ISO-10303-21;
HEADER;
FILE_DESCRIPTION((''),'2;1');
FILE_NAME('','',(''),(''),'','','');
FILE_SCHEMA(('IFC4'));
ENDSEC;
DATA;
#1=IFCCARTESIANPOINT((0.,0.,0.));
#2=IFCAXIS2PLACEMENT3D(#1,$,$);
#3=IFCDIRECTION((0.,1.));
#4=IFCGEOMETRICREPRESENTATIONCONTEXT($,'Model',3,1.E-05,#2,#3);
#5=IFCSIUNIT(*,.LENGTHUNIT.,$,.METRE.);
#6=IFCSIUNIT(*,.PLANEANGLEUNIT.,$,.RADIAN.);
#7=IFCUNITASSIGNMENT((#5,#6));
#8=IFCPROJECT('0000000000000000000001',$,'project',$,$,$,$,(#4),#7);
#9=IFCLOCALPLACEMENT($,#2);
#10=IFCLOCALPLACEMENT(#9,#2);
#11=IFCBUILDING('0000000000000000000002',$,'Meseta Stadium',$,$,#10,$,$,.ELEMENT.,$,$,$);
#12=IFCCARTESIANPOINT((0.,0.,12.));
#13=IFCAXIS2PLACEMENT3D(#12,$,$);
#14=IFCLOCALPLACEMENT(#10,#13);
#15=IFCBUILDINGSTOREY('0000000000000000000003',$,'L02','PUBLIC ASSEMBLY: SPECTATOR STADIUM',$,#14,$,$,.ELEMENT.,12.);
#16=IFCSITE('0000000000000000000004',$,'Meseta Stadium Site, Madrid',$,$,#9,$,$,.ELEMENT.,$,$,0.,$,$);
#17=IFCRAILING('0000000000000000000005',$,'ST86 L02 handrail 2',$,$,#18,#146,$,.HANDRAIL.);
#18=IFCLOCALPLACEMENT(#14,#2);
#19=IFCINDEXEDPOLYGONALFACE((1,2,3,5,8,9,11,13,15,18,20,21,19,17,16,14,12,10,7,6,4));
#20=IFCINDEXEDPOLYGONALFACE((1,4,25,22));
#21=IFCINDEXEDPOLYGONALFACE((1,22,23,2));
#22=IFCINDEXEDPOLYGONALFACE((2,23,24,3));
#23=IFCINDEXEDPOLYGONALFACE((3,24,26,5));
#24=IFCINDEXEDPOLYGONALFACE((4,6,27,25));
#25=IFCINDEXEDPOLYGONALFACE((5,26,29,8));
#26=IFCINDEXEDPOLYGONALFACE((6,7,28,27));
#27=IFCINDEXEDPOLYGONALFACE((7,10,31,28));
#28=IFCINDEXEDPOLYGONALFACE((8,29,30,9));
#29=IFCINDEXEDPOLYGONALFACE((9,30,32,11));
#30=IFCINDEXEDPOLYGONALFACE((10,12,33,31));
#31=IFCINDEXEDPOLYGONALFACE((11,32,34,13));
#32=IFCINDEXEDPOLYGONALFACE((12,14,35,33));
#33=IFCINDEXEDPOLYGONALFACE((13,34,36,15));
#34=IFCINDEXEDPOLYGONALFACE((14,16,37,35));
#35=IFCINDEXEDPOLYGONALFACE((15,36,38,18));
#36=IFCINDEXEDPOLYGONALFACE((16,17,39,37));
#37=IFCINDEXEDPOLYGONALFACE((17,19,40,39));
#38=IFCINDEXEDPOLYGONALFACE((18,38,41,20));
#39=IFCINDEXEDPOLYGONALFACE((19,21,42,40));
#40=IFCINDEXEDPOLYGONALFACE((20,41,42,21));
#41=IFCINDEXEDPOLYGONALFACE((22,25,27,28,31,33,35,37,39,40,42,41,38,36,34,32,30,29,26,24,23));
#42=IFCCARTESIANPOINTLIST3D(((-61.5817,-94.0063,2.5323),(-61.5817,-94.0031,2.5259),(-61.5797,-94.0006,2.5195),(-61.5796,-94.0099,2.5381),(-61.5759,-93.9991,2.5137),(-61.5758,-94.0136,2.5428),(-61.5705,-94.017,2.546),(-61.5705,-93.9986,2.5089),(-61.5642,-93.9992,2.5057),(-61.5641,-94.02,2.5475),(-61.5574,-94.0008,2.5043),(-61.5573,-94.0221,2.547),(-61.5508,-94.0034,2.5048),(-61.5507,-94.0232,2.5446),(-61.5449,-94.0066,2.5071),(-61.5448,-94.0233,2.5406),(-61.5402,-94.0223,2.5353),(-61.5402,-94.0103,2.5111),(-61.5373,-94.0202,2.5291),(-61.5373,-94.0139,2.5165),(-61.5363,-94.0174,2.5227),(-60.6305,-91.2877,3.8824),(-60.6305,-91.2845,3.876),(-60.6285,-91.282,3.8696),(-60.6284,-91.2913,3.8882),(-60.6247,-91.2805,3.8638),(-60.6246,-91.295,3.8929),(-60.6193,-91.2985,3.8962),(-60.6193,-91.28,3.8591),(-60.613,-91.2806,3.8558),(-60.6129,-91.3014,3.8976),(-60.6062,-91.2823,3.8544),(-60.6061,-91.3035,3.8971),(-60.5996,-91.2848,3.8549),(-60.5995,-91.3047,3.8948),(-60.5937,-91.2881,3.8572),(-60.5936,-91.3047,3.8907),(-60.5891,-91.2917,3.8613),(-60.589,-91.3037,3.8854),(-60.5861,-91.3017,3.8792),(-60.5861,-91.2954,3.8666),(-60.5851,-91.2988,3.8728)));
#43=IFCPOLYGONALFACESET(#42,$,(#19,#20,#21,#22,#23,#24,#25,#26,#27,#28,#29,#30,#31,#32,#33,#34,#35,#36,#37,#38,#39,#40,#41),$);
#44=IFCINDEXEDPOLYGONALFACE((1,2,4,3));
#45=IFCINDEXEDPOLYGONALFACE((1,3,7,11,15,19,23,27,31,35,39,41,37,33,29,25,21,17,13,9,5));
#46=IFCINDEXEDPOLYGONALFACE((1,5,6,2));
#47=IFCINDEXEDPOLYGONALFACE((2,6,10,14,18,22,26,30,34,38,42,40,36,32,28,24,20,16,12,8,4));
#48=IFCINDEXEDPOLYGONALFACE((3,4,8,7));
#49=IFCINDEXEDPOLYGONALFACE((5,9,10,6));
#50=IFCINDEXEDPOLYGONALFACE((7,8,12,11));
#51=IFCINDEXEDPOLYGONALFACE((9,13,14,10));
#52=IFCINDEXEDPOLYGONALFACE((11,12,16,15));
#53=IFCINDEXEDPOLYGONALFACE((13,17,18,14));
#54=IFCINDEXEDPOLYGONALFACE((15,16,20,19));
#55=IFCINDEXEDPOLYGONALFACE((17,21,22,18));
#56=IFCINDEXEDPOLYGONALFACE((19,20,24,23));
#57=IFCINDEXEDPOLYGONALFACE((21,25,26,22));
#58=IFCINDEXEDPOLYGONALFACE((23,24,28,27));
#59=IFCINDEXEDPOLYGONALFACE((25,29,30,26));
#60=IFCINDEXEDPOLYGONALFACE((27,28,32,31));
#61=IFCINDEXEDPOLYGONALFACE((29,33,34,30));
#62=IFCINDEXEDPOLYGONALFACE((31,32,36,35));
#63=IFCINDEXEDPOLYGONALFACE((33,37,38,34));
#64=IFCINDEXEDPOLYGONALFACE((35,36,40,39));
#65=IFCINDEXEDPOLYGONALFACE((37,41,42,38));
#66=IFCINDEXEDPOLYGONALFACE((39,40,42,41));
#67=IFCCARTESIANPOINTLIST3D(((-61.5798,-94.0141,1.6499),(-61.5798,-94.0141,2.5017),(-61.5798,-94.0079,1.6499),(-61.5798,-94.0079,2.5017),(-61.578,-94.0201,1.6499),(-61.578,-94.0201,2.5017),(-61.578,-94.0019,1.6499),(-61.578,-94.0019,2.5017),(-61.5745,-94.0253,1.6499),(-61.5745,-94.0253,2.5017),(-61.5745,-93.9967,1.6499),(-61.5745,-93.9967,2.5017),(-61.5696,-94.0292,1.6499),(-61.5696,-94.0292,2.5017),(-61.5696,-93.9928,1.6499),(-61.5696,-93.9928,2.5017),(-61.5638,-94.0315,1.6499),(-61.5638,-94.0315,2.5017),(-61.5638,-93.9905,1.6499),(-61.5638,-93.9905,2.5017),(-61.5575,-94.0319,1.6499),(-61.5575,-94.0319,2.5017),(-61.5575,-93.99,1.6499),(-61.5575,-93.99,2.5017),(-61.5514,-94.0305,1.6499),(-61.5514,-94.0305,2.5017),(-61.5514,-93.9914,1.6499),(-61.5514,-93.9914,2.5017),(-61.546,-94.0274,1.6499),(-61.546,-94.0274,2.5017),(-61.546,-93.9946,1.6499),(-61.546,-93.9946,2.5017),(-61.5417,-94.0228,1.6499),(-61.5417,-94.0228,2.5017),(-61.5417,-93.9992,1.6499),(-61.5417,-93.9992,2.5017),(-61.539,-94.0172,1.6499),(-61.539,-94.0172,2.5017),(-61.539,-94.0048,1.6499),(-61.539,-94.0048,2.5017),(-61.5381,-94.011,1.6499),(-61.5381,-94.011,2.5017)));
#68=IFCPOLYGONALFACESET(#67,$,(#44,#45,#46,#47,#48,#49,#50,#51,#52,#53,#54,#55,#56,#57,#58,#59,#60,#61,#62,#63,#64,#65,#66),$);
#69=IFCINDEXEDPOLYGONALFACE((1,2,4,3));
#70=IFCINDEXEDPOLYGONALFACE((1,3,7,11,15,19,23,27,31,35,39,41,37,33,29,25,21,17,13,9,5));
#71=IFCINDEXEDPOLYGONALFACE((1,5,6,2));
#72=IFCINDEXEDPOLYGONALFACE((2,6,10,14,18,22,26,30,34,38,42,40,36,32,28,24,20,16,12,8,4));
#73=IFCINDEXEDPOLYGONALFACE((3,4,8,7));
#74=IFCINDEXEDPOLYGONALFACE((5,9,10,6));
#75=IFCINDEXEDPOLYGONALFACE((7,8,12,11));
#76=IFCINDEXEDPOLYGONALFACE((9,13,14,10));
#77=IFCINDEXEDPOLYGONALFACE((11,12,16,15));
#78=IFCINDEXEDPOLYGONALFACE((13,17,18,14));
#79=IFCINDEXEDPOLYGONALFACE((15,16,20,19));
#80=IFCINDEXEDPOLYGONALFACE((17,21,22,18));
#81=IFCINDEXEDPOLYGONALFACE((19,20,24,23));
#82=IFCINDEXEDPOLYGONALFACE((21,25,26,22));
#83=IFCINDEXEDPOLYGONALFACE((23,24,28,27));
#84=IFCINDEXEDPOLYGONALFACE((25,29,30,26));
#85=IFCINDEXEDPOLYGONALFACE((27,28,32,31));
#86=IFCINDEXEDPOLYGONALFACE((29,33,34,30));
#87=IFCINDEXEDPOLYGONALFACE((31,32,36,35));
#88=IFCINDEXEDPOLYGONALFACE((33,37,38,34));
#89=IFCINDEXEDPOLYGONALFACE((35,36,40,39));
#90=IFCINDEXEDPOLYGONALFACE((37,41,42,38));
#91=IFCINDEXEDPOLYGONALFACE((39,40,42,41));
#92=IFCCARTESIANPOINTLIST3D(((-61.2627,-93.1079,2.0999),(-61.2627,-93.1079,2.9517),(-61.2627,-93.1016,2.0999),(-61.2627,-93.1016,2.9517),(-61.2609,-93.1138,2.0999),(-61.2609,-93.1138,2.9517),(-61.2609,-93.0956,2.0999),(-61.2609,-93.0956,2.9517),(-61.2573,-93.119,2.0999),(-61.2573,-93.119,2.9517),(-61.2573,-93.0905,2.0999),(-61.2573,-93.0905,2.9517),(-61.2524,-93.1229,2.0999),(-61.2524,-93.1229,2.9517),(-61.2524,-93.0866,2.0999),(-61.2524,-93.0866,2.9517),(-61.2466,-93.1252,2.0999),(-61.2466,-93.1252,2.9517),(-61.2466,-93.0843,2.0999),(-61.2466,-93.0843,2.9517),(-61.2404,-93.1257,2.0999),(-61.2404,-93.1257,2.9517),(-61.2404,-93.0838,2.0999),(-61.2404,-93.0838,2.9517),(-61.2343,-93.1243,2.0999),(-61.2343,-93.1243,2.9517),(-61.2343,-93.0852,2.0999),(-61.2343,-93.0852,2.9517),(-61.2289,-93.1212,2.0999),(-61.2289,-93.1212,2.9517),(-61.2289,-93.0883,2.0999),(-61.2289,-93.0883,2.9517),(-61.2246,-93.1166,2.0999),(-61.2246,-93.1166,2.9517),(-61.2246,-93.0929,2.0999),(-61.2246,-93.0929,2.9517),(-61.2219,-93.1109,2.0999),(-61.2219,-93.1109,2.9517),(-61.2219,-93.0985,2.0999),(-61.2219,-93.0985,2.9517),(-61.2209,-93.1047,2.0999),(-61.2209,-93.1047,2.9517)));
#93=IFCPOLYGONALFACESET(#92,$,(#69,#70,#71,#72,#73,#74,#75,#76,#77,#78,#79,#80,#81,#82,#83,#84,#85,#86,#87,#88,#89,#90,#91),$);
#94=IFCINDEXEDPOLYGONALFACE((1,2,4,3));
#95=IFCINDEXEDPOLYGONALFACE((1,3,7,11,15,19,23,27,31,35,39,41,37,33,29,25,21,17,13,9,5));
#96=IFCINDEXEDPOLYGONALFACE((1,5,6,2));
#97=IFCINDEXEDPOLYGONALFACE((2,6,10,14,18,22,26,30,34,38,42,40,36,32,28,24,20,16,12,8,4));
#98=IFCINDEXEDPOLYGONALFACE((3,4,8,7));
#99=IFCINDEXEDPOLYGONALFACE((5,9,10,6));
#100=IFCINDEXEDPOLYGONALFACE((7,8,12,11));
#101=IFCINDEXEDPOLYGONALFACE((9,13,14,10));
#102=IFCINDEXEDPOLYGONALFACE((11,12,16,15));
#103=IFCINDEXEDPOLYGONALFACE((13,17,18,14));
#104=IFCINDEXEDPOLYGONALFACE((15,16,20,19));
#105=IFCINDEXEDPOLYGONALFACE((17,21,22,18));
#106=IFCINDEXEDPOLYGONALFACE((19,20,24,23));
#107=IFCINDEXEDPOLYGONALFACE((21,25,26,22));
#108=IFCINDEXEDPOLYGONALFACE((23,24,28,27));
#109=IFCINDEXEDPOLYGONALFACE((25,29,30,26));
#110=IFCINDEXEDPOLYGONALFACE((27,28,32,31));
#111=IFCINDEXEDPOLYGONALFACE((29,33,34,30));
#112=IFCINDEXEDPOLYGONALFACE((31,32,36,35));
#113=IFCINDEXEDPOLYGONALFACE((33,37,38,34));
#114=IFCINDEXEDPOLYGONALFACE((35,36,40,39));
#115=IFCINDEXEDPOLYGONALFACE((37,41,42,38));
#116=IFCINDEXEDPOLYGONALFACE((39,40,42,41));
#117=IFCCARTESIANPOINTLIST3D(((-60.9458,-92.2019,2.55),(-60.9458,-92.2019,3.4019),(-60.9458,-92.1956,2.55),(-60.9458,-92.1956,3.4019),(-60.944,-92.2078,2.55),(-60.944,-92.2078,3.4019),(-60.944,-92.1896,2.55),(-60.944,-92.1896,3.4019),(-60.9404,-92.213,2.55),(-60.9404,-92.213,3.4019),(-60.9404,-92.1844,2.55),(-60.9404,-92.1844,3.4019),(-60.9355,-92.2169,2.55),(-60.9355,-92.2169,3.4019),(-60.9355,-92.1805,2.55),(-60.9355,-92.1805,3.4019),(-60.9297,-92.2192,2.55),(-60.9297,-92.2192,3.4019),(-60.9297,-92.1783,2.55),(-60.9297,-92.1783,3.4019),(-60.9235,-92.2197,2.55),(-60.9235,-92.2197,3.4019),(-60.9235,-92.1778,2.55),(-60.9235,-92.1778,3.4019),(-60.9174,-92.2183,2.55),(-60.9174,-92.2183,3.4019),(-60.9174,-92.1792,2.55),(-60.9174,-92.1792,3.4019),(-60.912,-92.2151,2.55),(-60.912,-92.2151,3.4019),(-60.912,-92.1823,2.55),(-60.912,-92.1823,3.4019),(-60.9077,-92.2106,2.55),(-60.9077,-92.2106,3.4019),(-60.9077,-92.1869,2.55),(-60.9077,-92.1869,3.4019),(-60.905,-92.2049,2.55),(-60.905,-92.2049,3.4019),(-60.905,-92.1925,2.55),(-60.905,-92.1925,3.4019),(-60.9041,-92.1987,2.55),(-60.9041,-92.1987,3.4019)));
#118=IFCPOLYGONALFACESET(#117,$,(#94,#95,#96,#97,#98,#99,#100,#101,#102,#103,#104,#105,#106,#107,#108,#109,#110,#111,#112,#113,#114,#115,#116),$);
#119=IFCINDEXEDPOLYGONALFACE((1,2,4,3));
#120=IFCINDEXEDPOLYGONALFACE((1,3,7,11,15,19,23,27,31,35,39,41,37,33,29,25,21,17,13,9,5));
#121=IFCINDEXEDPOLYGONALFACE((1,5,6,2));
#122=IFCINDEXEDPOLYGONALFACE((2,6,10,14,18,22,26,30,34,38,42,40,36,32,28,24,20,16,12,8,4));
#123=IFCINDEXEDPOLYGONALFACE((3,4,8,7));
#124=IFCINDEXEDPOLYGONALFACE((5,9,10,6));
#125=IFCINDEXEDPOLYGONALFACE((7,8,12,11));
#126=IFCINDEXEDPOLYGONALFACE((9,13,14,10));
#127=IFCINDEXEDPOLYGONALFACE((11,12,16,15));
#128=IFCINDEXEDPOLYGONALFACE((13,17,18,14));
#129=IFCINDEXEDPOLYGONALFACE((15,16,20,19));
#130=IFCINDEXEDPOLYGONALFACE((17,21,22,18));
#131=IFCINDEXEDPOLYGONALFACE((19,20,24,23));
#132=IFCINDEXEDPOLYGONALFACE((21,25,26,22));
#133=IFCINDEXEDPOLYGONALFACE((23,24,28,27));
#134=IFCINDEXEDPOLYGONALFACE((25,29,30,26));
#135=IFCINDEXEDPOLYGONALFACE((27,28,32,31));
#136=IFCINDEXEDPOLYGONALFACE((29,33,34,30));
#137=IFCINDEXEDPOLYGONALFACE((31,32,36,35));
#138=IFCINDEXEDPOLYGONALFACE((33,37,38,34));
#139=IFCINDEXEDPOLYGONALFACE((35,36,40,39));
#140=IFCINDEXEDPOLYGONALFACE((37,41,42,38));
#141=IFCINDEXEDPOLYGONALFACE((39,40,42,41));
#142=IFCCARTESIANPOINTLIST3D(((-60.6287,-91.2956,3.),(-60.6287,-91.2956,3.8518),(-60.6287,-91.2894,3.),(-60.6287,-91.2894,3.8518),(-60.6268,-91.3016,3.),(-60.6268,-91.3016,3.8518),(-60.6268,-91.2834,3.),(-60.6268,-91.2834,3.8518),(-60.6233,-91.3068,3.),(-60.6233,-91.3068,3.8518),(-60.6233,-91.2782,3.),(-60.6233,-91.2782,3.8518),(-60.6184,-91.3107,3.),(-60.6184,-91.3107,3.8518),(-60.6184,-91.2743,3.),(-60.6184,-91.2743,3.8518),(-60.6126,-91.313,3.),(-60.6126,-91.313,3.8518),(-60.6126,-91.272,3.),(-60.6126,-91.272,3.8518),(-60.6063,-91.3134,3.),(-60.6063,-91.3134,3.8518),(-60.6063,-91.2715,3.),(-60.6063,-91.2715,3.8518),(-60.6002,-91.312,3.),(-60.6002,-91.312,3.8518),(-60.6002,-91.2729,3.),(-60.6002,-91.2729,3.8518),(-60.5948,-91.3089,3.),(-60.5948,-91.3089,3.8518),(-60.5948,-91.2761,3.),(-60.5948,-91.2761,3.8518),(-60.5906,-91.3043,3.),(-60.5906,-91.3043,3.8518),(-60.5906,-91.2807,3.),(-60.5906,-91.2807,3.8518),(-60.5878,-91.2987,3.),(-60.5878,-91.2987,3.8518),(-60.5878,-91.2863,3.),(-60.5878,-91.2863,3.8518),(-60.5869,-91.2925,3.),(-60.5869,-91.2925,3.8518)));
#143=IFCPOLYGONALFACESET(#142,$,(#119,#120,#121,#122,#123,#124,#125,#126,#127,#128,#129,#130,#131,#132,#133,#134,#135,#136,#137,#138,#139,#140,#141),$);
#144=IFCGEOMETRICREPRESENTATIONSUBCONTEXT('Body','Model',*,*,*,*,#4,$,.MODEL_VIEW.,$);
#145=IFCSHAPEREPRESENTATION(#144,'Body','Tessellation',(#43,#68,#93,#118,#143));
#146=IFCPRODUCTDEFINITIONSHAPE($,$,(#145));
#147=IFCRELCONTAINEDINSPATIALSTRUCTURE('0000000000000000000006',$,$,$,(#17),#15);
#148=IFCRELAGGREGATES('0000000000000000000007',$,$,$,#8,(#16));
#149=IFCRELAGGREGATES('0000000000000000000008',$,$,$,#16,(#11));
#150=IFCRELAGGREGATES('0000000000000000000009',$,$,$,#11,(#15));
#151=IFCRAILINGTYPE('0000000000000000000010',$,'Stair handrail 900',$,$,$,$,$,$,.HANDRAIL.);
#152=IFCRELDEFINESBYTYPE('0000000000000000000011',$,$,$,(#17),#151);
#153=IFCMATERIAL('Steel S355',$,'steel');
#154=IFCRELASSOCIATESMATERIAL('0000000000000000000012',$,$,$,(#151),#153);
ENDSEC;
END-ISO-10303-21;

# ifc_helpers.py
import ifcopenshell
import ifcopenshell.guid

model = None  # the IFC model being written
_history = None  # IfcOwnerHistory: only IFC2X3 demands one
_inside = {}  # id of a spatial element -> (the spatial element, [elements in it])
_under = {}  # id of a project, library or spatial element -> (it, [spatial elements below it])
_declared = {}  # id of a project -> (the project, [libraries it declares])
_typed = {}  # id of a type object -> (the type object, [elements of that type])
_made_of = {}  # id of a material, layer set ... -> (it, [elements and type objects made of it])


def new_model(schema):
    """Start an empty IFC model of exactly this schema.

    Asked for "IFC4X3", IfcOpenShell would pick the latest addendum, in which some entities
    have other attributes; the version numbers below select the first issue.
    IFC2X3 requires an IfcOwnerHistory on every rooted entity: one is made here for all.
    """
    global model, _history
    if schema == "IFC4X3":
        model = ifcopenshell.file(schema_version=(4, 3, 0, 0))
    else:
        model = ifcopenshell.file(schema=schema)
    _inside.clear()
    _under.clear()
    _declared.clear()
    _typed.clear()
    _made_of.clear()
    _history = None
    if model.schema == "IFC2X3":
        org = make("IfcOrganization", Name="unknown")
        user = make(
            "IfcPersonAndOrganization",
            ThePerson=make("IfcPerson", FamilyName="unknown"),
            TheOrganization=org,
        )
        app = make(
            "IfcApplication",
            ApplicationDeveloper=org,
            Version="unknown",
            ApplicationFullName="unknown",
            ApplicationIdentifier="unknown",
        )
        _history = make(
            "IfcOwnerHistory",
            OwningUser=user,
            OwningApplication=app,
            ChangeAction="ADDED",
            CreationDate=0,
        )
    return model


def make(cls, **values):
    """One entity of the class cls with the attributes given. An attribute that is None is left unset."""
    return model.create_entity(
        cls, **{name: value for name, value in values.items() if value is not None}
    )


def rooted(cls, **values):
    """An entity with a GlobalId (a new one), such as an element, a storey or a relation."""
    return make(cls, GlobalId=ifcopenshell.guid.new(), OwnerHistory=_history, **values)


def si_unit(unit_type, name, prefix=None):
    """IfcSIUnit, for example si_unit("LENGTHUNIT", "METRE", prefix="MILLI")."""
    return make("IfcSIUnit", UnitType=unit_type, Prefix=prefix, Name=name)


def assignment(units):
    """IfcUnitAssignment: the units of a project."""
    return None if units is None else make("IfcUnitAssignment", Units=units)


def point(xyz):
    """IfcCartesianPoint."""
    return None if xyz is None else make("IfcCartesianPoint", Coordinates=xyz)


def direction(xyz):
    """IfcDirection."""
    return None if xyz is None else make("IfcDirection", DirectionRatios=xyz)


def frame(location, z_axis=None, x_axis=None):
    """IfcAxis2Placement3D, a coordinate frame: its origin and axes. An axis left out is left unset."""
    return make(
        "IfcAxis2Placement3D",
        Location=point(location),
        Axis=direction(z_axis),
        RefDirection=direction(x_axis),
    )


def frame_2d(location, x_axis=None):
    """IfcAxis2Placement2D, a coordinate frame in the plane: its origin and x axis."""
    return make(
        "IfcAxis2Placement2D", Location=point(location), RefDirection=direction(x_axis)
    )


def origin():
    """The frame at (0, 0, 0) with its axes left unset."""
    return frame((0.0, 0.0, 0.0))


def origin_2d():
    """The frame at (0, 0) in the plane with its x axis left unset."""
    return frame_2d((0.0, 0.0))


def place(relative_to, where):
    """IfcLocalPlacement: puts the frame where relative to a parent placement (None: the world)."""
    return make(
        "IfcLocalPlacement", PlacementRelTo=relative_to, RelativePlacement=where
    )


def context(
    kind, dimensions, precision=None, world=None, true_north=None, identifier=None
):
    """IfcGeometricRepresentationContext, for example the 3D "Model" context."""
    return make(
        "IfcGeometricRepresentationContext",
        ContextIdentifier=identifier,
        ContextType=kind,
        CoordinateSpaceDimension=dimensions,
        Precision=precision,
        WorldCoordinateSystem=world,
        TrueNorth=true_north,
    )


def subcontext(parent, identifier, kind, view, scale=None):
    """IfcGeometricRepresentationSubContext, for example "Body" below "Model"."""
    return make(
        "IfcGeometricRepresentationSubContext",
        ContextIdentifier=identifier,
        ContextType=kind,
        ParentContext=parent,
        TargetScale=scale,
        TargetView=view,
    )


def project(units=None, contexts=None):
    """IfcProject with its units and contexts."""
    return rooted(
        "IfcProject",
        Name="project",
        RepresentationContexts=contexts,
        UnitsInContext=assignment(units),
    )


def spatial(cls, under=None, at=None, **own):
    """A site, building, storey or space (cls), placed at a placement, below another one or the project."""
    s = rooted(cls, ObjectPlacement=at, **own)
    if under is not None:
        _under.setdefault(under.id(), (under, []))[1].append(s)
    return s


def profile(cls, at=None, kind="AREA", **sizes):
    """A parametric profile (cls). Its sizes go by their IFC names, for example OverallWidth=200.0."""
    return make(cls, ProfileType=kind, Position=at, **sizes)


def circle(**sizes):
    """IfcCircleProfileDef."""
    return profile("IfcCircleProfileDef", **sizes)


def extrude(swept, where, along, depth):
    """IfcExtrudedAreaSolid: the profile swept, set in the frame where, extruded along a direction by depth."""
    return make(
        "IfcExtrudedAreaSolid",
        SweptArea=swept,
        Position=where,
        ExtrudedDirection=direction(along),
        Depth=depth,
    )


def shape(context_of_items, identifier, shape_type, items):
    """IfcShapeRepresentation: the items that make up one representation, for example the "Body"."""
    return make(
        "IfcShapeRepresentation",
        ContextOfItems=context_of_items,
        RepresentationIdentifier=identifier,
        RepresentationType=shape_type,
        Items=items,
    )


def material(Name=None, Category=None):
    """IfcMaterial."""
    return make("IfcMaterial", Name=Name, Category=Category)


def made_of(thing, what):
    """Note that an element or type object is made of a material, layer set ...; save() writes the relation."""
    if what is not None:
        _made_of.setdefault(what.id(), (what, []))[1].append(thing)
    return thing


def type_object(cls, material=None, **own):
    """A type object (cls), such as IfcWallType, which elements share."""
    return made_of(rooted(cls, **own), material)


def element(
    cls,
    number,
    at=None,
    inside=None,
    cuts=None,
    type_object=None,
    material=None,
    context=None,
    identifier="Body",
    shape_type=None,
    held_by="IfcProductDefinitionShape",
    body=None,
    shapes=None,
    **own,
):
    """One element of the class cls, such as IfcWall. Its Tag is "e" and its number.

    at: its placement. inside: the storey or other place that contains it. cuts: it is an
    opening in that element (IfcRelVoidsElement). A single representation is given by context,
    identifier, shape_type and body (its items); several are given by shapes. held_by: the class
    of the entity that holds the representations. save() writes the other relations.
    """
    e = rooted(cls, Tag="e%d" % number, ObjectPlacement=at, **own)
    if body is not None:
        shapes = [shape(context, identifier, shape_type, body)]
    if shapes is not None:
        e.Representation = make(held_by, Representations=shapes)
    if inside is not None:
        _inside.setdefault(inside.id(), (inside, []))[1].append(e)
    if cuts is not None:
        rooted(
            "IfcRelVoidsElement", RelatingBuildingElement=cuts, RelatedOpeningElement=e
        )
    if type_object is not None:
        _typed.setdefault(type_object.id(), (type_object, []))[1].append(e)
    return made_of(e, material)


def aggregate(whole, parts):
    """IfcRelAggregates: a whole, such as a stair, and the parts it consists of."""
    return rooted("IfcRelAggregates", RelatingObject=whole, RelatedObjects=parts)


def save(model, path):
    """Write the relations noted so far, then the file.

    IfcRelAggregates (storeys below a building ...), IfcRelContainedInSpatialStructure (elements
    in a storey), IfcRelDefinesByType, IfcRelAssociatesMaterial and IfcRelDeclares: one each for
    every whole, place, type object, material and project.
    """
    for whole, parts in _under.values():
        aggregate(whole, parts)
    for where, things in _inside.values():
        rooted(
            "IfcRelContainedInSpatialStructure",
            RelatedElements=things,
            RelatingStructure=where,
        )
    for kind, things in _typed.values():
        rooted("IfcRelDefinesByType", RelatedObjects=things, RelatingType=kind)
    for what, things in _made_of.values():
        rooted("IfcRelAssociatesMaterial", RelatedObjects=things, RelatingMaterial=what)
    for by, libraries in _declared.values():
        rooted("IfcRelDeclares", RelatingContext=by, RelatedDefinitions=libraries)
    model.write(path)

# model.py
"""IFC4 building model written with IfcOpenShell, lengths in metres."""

from ifc_helpers import new_model, si_unit, direction, frame, origin, origin_2d, place, context, subcontext, project, spatial, circle, extrude, material, type_object, element, save


model = new_model("IFC4")

# Units and contexts
model_context = context("Model", 3, precision=1e-05, world=origin(), true_north=direction((0.0, 1.0)))
body_context = subcontext(model_context, "Body", "Model", "MODEL_VIEW")
ifc_project = project(units=[si_unit("LENGTHUNIT", "METRE"), si_unit("PLANEANGLEUNIT", "RADIAN")], contexts=[model_context])

# Site, building, storey
site_placement = place(None, origin())
site = spatial("IfcSite", under=ifc_project, at=site_placement, Name="Meseta Stadium Site, Madrid", CompositionType="ELEMENT", RefElevation=0.0)
building_placement = place(site_placement, origin())
building = spatial("IfcBuilding", under=site, at=building_placement, Name="Meseta Stadium", CompositionType="ELEMENT")
storey_placement = place(building_placement, frame((0.0, 0.0, 12.0)))
storey = spatial("IfcBuildingStorey", under=building, at=storey_placement, Name="L02", Description="PUBLIC ASSEMBLY: SPECTATOR STADIUM", CompositionType="ELEMENT", Elevation=12.0)

# Railing
ifc_material_1 = material(Name="Steel S355", Category="steel")
railing_type_1 = type_object("IfcRailingType", Name="Stair handrail 900", PredefinedType="HANDRAIL", material=ifc_material_1)
railing_1_placement = place(storey_placement, frame((-61.5591, -94.011, 1.6499)))
element("IfcRailing", 1, at=railing_1_placement, inside=storey, type_object=railing_type_1, Name="ST86 L02 handrail 2", PredefinedType="HANDRAIL", context=body_context, shape_type="SweptSolid", body=[
    extrude(circle(Radius=0.0239, at=origin_2d()), frame((0.0, 0.0, 0.876), z_axis=(0.299031, 0.854649, 0.424446), x_axis=(-0.943891, 0.330256, 0.0)), (0.0, 0.0, 1.0), 3.1809),
    extrude(circle(Radius=0.021, at=origin_2d()), origin(), (0.0, 0.0, 1.0), 0.8518),
    extrude(circle(Radius=0.021, at=origin_2d()), frame((0.3171, 0.9062, 0.45)), (0.0, 0.0, 1.0), 0.8518),
    extrude(circle(Radius=0.021, at=origin_2d()), frame((0.634, 1.8123, 0.9001)), (0.0, 0.0, 1.0), 0.8518),
    extrude(circle(Radius=0.021, at=origin_2d()), frame((0.9512, 2.7185, 1.3501)), (0.0, 0.0, 1.0), 0.8518),
])

save(model, "model.ifc")
